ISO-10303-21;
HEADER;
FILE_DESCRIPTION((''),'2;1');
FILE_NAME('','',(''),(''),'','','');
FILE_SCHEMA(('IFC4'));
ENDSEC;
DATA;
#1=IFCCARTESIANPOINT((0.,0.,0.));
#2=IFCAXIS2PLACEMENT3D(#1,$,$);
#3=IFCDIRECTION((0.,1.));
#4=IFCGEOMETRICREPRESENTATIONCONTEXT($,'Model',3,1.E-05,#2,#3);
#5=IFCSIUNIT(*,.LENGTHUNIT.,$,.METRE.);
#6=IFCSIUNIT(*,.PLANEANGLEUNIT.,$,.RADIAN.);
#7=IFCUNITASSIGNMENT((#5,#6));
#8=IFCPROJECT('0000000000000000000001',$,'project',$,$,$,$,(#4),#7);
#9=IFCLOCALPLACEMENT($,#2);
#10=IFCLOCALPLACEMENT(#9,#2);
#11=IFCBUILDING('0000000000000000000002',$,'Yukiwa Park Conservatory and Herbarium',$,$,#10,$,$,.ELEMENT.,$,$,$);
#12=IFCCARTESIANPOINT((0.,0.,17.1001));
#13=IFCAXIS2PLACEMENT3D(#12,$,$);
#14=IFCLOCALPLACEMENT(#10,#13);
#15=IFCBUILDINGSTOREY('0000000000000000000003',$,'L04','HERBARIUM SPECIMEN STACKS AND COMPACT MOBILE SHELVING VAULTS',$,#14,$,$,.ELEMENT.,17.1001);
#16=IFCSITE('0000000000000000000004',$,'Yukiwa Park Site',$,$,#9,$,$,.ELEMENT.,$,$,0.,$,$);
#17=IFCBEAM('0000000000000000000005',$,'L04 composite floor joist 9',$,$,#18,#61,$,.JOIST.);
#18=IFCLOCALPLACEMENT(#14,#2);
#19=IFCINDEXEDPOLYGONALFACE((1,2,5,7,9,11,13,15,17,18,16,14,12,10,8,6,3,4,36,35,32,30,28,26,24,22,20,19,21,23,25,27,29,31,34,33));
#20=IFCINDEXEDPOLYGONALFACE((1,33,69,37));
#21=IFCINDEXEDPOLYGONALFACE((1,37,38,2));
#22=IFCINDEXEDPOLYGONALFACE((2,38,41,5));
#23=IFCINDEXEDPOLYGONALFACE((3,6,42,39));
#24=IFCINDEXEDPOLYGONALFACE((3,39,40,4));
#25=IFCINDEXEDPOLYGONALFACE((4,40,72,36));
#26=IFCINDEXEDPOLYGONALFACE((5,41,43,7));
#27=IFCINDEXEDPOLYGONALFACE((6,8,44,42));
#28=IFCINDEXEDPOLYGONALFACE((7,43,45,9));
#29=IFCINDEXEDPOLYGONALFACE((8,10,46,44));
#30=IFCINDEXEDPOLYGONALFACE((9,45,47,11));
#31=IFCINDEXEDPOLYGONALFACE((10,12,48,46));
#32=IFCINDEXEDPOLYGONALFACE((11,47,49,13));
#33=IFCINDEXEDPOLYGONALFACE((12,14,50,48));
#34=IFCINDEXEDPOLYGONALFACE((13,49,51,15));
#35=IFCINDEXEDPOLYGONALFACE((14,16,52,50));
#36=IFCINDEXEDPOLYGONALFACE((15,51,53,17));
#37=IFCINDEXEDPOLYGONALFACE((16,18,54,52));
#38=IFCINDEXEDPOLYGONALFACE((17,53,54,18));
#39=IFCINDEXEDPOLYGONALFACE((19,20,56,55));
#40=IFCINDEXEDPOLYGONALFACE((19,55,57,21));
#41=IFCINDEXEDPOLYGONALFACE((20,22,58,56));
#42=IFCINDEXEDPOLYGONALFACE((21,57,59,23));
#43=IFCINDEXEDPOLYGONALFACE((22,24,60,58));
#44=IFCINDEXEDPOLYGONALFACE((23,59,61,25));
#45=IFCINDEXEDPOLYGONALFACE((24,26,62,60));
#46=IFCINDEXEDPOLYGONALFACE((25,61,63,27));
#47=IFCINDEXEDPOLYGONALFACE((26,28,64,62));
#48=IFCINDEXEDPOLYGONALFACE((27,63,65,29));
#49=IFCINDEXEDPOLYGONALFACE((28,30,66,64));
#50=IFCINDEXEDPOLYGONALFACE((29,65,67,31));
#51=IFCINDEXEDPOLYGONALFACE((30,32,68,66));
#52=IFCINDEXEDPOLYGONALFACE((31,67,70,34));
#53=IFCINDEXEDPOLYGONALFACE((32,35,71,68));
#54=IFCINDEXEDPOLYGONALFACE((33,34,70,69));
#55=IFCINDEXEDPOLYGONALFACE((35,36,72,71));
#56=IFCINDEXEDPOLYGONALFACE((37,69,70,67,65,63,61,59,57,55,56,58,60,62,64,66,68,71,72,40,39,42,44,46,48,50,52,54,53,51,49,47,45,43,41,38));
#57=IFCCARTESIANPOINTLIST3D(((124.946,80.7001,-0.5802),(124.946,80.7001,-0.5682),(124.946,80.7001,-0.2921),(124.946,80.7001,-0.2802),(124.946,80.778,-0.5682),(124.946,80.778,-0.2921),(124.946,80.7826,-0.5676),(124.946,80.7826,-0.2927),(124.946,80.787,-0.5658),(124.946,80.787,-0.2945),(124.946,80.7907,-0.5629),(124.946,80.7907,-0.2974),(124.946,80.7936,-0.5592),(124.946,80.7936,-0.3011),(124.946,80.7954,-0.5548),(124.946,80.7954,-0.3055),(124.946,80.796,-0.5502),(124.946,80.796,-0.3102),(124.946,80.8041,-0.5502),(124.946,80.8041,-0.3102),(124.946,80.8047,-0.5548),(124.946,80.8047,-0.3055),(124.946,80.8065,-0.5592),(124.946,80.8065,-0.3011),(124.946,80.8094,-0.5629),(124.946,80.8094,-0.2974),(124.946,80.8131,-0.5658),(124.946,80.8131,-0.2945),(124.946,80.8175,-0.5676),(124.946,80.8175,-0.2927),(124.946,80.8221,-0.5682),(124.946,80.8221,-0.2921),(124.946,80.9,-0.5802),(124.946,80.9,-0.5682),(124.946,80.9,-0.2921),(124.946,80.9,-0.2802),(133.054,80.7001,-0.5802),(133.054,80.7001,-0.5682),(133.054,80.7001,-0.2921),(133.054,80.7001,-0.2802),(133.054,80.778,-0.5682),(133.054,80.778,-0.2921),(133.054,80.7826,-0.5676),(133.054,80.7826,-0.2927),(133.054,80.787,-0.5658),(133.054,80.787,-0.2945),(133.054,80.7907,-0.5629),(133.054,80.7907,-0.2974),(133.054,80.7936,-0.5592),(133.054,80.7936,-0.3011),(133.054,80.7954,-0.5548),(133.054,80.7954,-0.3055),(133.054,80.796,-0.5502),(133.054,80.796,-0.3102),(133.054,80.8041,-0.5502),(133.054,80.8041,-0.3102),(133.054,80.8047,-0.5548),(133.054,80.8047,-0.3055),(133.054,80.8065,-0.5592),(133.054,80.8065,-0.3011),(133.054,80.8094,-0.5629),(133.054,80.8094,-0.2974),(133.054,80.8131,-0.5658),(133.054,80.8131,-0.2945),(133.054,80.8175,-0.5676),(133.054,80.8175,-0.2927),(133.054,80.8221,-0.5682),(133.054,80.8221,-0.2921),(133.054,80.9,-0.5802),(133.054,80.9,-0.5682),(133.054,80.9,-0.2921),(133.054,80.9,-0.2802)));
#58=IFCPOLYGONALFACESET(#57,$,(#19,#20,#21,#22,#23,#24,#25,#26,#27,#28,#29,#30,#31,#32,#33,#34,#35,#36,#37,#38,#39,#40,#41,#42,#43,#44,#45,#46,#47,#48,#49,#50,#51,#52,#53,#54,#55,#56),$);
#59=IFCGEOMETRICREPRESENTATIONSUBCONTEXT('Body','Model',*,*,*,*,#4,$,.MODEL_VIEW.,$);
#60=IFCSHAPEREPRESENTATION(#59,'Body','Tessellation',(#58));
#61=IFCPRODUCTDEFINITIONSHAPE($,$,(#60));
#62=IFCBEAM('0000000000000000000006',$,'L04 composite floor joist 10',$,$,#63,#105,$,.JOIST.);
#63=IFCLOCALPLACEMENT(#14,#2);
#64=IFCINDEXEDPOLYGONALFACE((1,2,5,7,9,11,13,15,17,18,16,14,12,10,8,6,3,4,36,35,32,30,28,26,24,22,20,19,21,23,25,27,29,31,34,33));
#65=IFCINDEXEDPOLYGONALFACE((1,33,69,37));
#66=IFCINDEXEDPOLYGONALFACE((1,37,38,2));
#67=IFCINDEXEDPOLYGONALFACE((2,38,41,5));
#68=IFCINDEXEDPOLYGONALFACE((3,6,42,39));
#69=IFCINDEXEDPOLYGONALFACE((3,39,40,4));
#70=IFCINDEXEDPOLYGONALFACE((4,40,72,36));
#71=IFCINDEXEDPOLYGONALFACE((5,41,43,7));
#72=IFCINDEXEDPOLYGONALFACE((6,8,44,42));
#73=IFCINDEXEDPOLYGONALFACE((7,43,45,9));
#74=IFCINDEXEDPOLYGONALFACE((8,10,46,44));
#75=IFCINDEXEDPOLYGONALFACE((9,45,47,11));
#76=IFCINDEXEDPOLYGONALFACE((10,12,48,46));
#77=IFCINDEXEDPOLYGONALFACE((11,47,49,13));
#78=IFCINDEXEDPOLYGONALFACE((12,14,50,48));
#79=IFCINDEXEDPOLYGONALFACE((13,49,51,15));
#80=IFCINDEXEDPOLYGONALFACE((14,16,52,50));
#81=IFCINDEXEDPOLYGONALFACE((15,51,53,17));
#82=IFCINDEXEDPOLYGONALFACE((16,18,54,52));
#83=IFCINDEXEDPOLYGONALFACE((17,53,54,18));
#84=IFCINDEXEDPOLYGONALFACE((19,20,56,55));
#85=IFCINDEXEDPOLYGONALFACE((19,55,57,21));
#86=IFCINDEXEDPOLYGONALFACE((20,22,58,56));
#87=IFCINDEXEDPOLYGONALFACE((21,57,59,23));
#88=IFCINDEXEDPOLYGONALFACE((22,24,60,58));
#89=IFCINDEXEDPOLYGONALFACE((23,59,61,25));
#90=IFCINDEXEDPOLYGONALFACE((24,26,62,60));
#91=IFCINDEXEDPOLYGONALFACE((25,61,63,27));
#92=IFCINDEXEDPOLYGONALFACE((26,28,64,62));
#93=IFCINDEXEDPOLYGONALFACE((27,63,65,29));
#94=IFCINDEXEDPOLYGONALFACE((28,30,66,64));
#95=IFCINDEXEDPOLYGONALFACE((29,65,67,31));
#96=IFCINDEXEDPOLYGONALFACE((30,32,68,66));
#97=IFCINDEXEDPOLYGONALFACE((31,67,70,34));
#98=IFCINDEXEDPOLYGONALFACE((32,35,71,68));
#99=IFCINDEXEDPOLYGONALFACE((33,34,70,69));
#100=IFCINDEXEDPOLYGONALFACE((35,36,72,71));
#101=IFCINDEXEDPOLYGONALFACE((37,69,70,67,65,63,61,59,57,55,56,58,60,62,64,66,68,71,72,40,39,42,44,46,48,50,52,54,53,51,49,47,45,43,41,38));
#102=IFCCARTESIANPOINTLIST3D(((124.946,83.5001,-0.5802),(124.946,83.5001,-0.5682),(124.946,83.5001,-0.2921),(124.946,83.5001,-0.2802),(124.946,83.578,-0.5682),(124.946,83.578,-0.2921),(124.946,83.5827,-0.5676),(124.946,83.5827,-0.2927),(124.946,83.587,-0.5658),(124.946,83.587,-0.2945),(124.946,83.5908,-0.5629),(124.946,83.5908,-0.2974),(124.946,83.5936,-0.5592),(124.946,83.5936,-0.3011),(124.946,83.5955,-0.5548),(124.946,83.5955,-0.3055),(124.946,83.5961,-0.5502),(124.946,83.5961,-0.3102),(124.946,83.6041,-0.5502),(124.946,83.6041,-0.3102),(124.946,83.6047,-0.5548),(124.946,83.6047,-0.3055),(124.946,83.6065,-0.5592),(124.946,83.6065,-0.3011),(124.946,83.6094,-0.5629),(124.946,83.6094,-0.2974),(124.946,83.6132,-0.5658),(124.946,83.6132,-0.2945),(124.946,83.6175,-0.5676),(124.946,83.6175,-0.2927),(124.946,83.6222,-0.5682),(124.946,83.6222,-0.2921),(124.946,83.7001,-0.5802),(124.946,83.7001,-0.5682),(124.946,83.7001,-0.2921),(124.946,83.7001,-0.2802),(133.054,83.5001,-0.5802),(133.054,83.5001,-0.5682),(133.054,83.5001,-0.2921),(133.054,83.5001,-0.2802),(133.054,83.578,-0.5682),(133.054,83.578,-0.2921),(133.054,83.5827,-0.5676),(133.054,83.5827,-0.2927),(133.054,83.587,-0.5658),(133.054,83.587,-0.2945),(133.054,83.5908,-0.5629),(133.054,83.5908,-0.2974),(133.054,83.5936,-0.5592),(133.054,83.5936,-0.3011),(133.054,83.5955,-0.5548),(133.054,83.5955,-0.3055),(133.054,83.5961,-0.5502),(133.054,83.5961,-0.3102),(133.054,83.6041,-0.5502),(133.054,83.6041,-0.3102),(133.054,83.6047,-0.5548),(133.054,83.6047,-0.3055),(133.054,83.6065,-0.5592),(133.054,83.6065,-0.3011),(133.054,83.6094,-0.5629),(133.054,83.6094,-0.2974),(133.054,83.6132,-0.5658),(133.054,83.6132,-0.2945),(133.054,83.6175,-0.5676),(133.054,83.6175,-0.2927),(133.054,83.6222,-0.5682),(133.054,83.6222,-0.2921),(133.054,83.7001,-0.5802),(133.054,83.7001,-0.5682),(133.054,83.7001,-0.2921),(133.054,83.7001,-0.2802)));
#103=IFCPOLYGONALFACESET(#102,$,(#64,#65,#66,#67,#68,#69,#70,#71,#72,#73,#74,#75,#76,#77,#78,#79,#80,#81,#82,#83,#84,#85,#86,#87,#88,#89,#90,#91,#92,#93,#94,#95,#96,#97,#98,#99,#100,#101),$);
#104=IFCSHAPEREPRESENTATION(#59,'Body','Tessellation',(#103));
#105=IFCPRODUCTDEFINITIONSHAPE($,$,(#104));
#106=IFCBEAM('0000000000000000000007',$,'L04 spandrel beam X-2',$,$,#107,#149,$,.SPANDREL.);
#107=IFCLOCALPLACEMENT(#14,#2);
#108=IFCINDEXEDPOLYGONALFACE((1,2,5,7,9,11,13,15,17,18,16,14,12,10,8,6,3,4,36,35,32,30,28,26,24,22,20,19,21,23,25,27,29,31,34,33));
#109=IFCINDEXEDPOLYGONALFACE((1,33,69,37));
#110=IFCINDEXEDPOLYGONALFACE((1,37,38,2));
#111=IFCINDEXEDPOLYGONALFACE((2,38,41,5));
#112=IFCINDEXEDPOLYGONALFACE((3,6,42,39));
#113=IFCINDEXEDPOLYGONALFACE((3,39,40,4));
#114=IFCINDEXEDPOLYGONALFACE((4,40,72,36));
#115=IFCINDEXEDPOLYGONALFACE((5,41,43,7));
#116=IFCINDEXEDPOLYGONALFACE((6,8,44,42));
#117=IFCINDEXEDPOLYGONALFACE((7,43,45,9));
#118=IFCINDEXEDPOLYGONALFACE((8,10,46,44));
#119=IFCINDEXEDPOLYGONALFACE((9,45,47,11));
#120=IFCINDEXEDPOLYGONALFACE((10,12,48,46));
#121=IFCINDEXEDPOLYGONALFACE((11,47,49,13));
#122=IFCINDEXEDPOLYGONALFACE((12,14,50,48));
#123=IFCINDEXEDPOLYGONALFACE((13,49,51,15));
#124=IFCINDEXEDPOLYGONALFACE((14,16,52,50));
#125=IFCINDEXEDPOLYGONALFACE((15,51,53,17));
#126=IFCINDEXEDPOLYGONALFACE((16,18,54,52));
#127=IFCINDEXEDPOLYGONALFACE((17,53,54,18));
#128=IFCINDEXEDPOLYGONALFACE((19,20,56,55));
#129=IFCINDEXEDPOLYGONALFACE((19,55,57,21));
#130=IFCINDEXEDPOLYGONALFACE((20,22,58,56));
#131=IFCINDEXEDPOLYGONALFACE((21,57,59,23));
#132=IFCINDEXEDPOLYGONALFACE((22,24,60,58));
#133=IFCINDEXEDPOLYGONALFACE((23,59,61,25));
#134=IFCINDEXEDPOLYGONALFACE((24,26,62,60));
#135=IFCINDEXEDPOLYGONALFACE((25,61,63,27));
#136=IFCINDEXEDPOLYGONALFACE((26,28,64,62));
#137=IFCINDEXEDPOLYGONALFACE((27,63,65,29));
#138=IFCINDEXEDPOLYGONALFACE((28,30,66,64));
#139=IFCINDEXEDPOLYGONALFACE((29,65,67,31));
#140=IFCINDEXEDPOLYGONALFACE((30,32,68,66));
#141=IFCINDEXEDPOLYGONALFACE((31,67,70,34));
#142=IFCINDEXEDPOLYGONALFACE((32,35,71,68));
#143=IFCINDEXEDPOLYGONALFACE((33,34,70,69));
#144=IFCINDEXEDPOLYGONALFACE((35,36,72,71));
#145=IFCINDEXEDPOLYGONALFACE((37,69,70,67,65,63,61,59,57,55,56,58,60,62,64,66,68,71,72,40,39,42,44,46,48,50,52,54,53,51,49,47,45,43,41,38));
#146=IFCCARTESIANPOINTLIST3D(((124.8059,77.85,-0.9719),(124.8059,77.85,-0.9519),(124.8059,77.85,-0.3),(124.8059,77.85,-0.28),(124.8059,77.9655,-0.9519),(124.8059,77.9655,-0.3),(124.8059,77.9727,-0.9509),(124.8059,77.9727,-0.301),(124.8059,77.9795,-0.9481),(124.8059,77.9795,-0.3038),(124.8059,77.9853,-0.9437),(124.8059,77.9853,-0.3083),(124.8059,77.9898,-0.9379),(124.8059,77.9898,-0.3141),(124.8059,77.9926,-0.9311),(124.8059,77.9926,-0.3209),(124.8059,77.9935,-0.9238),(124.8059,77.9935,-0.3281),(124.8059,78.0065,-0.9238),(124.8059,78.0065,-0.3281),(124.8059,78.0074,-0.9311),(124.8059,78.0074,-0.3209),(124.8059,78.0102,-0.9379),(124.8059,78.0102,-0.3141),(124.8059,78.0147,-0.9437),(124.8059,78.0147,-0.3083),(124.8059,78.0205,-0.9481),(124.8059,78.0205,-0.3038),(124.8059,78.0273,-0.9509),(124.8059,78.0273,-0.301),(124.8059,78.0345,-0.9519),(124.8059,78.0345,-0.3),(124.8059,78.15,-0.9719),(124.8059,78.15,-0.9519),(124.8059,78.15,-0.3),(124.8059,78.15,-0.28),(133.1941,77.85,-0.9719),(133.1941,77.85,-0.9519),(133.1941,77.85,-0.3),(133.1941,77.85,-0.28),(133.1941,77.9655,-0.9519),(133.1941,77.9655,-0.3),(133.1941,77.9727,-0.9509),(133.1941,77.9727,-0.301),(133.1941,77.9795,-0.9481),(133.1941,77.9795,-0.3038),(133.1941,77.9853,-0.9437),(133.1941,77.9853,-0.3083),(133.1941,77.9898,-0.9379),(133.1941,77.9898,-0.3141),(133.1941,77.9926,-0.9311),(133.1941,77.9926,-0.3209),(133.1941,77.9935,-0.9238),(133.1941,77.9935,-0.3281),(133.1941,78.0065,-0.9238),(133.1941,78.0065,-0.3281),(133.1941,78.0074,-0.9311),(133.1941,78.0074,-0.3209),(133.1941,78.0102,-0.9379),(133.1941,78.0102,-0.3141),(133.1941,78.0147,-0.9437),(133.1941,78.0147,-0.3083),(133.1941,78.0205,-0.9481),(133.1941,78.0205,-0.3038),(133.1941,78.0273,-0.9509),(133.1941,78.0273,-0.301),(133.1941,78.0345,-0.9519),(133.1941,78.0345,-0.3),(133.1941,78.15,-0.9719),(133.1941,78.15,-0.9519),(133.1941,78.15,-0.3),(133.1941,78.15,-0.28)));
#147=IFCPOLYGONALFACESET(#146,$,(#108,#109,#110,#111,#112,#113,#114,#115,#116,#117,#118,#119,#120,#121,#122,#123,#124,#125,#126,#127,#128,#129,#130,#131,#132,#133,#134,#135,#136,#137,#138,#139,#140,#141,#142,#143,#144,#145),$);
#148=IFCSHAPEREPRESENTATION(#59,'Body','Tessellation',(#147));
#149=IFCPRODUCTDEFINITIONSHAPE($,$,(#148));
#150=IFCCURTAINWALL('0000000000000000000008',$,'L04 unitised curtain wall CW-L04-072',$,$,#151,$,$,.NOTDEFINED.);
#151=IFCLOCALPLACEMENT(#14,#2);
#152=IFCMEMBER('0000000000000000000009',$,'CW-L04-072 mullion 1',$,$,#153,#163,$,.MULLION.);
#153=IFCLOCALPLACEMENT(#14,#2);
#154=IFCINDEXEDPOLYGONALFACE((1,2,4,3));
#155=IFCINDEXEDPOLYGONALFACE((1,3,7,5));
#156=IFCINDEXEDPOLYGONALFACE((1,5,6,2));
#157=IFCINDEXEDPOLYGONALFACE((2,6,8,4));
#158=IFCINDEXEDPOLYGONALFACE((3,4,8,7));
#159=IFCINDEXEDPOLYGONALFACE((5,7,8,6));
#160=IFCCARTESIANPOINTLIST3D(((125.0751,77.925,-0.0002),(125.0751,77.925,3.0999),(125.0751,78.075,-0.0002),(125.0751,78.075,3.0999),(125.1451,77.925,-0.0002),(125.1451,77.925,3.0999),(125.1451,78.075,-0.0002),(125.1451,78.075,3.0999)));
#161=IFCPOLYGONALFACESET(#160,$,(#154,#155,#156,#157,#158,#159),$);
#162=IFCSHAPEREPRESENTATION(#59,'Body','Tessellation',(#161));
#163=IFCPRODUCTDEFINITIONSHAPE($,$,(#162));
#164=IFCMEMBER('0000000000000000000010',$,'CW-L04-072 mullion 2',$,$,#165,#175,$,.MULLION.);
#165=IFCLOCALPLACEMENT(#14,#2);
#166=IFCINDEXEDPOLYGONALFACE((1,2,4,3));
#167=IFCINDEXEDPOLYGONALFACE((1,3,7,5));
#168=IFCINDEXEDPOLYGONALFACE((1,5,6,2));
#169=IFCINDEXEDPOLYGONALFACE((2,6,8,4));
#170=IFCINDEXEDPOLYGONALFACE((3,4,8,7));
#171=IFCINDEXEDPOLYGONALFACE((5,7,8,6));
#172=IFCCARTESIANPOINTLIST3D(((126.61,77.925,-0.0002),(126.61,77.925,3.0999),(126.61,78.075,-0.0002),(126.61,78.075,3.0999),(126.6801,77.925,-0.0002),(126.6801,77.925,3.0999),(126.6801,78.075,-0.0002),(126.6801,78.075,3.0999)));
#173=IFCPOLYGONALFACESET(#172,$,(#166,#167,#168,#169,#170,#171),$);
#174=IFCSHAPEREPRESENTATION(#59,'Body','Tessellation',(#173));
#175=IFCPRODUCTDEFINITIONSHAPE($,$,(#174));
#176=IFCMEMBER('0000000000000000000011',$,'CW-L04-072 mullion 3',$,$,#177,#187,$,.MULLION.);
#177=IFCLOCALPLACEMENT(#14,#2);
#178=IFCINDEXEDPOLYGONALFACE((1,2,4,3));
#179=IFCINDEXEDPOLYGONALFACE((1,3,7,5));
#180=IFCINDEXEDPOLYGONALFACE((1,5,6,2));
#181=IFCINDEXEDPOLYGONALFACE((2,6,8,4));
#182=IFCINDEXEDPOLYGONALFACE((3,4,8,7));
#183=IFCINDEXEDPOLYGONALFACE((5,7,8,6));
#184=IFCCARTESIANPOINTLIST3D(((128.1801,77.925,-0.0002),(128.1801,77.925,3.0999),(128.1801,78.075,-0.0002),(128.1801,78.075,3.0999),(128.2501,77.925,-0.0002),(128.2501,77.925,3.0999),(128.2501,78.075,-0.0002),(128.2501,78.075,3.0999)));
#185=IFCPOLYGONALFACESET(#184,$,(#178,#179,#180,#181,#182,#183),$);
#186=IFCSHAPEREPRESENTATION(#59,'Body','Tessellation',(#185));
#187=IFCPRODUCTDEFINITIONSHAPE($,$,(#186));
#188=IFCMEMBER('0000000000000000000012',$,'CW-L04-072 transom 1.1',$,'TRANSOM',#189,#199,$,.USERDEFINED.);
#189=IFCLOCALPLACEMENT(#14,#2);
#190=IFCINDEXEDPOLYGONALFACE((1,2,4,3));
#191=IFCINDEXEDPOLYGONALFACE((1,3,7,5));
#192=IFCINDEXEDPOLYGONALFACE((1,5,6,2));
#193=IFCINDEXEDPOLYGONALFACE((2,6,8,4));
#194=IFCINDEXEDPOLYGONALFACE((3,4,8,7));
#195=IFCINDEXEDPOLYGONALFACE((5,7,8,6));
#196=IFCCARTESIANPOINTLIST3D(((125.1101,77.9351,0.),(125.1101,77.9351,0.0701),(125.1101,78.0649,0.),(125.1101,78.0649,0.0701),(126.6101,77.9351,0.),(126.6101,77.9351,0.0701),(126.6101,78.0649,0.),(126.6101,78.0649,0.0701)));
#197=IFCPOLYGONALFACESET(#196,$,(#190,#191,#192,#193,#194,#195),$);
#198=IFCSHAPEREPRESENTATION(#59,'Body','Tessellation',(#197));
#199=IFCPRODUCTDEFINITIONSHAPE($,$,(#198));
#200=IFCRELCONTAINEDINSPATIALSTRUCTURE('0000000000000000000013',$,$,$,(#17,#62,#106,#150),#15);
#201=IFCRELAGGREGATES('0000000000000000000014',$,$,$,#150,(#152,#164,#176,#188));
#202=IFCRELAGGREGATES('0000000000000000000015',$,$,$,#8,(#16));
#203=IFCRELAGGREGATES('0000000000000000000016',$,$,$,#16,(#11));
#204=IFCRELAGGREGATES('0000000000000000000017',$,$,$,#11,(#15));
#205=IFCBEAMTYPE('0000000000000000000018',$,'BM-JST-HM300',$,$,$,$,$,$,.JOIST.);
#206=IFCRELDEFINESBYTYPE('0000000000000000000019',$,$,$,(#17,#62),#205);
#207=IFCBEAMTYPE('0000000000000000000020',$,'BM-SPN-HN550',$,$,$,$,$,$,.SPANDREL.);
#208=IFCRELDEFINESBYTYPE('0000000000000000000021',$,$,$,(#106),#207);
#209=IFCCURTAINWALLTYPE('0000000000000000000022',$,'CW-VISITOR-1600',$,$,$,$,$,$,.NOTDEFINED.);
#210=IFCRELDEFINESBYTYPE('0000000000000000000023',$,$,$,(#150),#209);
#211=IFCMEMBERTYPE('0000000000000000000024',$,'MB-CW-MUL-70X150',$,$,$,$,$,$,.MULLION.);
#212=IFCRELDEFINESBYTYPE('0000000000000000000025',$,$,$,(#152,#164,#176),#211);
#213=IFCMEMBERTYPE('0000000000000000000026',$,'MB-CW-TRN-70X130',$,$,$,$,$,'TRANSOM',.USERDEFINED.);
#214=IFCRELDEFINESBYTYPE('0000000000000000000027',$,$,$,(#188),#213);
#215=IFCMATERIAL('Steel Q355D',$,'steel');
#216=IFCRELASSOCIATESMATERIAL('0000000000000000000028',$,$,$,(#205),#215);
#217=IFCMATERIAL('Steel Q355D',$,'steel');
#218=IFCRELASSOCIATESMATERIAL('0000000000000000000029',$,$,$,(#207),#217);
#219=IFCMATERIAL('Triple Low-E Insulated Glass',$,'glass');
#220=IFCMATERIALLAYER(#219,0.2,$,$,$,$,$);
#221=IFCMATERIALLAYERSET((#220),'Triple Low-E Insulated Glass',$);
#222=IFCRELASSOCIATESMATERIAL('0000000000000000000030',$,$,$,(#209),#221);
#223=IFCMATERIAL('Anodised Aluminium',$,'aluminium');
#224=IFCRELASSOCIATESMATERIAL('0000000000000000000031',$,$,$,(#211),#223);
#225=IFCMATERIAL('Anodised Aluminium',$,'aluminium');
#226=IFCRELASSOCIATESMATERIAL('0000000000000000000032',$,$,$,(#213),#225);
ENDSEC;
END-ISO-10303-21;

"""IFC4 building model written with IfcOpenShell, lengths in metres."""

from ifc_helpers import new_model, si_unit, direction, frame, origin, origin_2d, place, context, subcontext, project, spatial, rectangle, i_section, extrude, material, layer, layer_set, material_profile, profile_set, type_object, element, aggregate, save


model = new_model("IFC4")

# Units and contexts
model_context = context("Model", 3, precision=1e-05, world=origin(), true_north=direction((0.0, 1.0)))
body_context = subcontext(model_context, "Body", "Model", "MODEL_VIEW")
ifc_project = project(units=[si_unit("LENGTHUNIT", "METRE"), si_unit("PLANEANGLEUNIT", "RADIAN")], contexts=[model_context])

# Site, building, storey
site_placement = place(None, origin())
site = spatial("IfcSite", under=ifc_project, at=site_placement, Name="Yukiwa Park Site", CompositionType="ELEMENT", RefElevation=0.0)
building_placement = place(site_placement, origin())
building = spatial("IfcBuilding", under=site, at=building_placement, Name="Yukiwa Park Conservatory and Herbarium", CompositionType="ELEMENT")
storey_placement = place(building_placement, frame((0.0, 0.0, 17.1001)))
storey = spatial("IfcBuildingStorey", under=building, at=storey_placement, Name="L04", Description="HERBARIUM SPECIMEN STACKS AND COMPACT MOBILE SHELVING VAULTS", CompositionType="ELEMENT", Elevation=17.1001)

# Beams
ifc_material_1 = material(Name="Steel Q355D", Category="steel")
ifc_material_profile_1 = material_profile(ifc_material_1, i_section(OverallWidth=0.2, OverallDepth=0.3, WebThickness=0.0081, FlangeThickness=0.012, FilletRadius=0.0181, at=origin_2d()), Name="HM 300x200x8x12")
ifc_profile_set_1 = profile_set([ifc_material_profile_1], Name="Steel Q355D")
beam_type_1 = type_object("IfcBeamType", Name="BM-JST-HM300", PredefinedType="JOIST", material=ifc_profile_set_1)
for number, where, z_axis, x_axis, name in (
    (1, (124.946, 80.8, -0.4302), (1.0, 0.0, 0.0), (0.0, 1.0, 0.0), "L04 composite floor joist 9"),
    (2, (124.946, 83.6001, -0.4302), (1.0, 0.0, 0.0), (0.0, 1.0, 0.0), "L04 composite floor joist 10"),
):
    element("IfcBeam", number, at=place(storey_placement, frame(where, z_axis=z_axis, x_axis=x_axis)), inside=storey, type_object=beam_type_1, Name=name, PredefinedType="JOIST", context=body_context, shape_type="SweptSolid", body=[
        extrude(i_section(OverallWidth=0.2, OverallDepth=0.3, WebThickness=0.0081, FlangeThickness=0.012, FilletRadius=0.0181, at=origin_2d()), origin(), (0.0, 0.0, 1.0), 8.1079),
    ])
ifc_material_2 = material(Name="Steel Q355D", Category="steel")
ifc_material_profile_2 = material_profile(ifc_material_2, i_section(OverallWidth=0.3, OverallDepth=0.6919, WebThickness=0.0129, FlangeThickness=0.02, FilletRadius=0.0281, at=origin_2d()), Name="HN 692x300x13x20")
ifc_profile_set_2 = profile_set([ifc_material_profile_2], Name="Steel Q355D")
beam_type_2 = type_object("IfcBeamType", Name="BM-SPN-HN550", PredefinedType="SPANDREL", material=ifc_profile_set_2)
beam_1_placement = place(storey_placement, frame((124.8059, 78.0, -0.626), z_axis=(1.0, 0.0, 0.0), x_axis=(0.0, 1.0, 0.0)))
element("IfcBeam", 3, at=beam_1_placement, inside=storey, type_object=beam_type_2, Name="L04 spandrel beam X-2", PredefinedType="SPANDREL", context=body_context, shape_type="SweptSolid", body=[
    extrude(i_section(OverallWidth=0.3, OverallDepth=0.6919, WebThickness=0.0129, FlangeThickness=0.02, FilletRadius=0.0281, at=origin_2d()), origin(), (0.0, 0.0, 1.0), 8.3882),
])

# Curtain wall, members
ifc_material_3 = material(Name="Triple Low-E Insulated Glass", Category="glass")
ifc_layer_1 = layer(ifc_material_3, 0.2)
ifc_layer_set_1 = layer_set([ifc_layer_1], Name="Triple Low-E Insulated Glass")
curtain_wall_type = type_object("IfcCurtainWallType", Name="CW-VISITOR-1600", PredefinedType="NOTDEFINED", material=ifc_layer_set_1)
curtain_wall_placement = place(storey_placement, origin())
curtain_wall = element("IfcCurtainWall", 4, at=curtain_wall_placement, inside=storey, type_object=curtain_wall_type, Name="L04 unitised curtain wall CW-L04-072", PredefinedType="NOTDEFINED")
ifc_material_4 = material(Name="Anodised Aluminium", Category="aluminium")
member_type_1 = type_object("IfcMemberType", Name="MB-CW-MUL-70X150", PredefinedType="MULLION", material=ifc_material_4)
member_1_placement = place(storey_placement, frame((125.1101, 78.0, -0.0002), z_axis=(0.0, 0.0, 1.0), x_axis=(1.0, 0.0, 0.0)))
member_1 = element("IfcMember", 5, at=member_1_placement, type_object=member_type_1, Name="CW-L04-072 mullion 1", PredefinedType="MULLION", context=body_context, shape_type="SweptSolid", body=[
    extrude(rectangle(XDim=0.0701, YDim=0.1499, at=origin_2d()), origin(), (0.0, 0.0, 1.0), 3.1001),
])
member_2_placement = place(storey_placement, frame((126.645, 78.0, -0.0002), z_axis=(0.0, 0.0, 1.0), x_axis=(1.0, 0.0, 0.0)))
member_2 = element("IfcMember", 6, at=member_2_placement, type_object=member_type_1, Name="CW-L04-072 mullion 2", PredefinedType="MULLION", context=body_context, shape_type="SweptSolid", body=[
    extrude(rectangle(XDim=0.0701, YDim=0.1499, at=origin_2d()), origin(), (0.0, 0.0, 1.0), 3.1001),
])
member_3_placement = place(storey_placement, frame((128.2151, 78.0, -0.0002), z_axis=(0.0, 0.0, 1.0), x_axis=(1.0, 0.0, 0.0)))
member_3 = element("IfcMember", 7, at=member_3_placement, type_object=member_type_1, Name="CW-L04-072 mullion 3", PredefinedType="MULLION", context=body_context, shape_type="SweptSolid", body=[
    extrude(rectangle(XDim=0.0701, YDim=0.1499, at=origin_2d()), origin(), (0.0, 0.0, 1.0), 3.1001),
])
ifc_material_5 = material(Name="Anodised Aluminium", Category="aluminium")
member_type_2 = type_object("IfcMemberType", Name="MB-CW-TRN-70X130", ElementType="TRANSOM", PredefinedType="USERDEFINED", material=ifc_material_5)
member_4_placement = place(storey_placement, frame((125.8601, 78.0, 0.0), z_axis=(0.0, 0.0, 1.0), x_axis=(1.0, 0.0, 0.0)))
member_4 = element("IfcMember", 8, at=member_4_placement, type_object=member_type_2, Name="CW-L04-072 transom 1.1", ObjectType="TRANSOM", PredefinedType="USERDEFINED", context=body_context, shape_type="SweptSolid", body=[
    extrude(rectangle(XDim=1.5, YDim=0.1299, at=origin_2d()), origin(), (0.0, 0.0, 1.0), 0.0701),
])
aggregate(curtain_wall, [member_1, member_2, member_3, member_4])

save(model, "model.ifc")
